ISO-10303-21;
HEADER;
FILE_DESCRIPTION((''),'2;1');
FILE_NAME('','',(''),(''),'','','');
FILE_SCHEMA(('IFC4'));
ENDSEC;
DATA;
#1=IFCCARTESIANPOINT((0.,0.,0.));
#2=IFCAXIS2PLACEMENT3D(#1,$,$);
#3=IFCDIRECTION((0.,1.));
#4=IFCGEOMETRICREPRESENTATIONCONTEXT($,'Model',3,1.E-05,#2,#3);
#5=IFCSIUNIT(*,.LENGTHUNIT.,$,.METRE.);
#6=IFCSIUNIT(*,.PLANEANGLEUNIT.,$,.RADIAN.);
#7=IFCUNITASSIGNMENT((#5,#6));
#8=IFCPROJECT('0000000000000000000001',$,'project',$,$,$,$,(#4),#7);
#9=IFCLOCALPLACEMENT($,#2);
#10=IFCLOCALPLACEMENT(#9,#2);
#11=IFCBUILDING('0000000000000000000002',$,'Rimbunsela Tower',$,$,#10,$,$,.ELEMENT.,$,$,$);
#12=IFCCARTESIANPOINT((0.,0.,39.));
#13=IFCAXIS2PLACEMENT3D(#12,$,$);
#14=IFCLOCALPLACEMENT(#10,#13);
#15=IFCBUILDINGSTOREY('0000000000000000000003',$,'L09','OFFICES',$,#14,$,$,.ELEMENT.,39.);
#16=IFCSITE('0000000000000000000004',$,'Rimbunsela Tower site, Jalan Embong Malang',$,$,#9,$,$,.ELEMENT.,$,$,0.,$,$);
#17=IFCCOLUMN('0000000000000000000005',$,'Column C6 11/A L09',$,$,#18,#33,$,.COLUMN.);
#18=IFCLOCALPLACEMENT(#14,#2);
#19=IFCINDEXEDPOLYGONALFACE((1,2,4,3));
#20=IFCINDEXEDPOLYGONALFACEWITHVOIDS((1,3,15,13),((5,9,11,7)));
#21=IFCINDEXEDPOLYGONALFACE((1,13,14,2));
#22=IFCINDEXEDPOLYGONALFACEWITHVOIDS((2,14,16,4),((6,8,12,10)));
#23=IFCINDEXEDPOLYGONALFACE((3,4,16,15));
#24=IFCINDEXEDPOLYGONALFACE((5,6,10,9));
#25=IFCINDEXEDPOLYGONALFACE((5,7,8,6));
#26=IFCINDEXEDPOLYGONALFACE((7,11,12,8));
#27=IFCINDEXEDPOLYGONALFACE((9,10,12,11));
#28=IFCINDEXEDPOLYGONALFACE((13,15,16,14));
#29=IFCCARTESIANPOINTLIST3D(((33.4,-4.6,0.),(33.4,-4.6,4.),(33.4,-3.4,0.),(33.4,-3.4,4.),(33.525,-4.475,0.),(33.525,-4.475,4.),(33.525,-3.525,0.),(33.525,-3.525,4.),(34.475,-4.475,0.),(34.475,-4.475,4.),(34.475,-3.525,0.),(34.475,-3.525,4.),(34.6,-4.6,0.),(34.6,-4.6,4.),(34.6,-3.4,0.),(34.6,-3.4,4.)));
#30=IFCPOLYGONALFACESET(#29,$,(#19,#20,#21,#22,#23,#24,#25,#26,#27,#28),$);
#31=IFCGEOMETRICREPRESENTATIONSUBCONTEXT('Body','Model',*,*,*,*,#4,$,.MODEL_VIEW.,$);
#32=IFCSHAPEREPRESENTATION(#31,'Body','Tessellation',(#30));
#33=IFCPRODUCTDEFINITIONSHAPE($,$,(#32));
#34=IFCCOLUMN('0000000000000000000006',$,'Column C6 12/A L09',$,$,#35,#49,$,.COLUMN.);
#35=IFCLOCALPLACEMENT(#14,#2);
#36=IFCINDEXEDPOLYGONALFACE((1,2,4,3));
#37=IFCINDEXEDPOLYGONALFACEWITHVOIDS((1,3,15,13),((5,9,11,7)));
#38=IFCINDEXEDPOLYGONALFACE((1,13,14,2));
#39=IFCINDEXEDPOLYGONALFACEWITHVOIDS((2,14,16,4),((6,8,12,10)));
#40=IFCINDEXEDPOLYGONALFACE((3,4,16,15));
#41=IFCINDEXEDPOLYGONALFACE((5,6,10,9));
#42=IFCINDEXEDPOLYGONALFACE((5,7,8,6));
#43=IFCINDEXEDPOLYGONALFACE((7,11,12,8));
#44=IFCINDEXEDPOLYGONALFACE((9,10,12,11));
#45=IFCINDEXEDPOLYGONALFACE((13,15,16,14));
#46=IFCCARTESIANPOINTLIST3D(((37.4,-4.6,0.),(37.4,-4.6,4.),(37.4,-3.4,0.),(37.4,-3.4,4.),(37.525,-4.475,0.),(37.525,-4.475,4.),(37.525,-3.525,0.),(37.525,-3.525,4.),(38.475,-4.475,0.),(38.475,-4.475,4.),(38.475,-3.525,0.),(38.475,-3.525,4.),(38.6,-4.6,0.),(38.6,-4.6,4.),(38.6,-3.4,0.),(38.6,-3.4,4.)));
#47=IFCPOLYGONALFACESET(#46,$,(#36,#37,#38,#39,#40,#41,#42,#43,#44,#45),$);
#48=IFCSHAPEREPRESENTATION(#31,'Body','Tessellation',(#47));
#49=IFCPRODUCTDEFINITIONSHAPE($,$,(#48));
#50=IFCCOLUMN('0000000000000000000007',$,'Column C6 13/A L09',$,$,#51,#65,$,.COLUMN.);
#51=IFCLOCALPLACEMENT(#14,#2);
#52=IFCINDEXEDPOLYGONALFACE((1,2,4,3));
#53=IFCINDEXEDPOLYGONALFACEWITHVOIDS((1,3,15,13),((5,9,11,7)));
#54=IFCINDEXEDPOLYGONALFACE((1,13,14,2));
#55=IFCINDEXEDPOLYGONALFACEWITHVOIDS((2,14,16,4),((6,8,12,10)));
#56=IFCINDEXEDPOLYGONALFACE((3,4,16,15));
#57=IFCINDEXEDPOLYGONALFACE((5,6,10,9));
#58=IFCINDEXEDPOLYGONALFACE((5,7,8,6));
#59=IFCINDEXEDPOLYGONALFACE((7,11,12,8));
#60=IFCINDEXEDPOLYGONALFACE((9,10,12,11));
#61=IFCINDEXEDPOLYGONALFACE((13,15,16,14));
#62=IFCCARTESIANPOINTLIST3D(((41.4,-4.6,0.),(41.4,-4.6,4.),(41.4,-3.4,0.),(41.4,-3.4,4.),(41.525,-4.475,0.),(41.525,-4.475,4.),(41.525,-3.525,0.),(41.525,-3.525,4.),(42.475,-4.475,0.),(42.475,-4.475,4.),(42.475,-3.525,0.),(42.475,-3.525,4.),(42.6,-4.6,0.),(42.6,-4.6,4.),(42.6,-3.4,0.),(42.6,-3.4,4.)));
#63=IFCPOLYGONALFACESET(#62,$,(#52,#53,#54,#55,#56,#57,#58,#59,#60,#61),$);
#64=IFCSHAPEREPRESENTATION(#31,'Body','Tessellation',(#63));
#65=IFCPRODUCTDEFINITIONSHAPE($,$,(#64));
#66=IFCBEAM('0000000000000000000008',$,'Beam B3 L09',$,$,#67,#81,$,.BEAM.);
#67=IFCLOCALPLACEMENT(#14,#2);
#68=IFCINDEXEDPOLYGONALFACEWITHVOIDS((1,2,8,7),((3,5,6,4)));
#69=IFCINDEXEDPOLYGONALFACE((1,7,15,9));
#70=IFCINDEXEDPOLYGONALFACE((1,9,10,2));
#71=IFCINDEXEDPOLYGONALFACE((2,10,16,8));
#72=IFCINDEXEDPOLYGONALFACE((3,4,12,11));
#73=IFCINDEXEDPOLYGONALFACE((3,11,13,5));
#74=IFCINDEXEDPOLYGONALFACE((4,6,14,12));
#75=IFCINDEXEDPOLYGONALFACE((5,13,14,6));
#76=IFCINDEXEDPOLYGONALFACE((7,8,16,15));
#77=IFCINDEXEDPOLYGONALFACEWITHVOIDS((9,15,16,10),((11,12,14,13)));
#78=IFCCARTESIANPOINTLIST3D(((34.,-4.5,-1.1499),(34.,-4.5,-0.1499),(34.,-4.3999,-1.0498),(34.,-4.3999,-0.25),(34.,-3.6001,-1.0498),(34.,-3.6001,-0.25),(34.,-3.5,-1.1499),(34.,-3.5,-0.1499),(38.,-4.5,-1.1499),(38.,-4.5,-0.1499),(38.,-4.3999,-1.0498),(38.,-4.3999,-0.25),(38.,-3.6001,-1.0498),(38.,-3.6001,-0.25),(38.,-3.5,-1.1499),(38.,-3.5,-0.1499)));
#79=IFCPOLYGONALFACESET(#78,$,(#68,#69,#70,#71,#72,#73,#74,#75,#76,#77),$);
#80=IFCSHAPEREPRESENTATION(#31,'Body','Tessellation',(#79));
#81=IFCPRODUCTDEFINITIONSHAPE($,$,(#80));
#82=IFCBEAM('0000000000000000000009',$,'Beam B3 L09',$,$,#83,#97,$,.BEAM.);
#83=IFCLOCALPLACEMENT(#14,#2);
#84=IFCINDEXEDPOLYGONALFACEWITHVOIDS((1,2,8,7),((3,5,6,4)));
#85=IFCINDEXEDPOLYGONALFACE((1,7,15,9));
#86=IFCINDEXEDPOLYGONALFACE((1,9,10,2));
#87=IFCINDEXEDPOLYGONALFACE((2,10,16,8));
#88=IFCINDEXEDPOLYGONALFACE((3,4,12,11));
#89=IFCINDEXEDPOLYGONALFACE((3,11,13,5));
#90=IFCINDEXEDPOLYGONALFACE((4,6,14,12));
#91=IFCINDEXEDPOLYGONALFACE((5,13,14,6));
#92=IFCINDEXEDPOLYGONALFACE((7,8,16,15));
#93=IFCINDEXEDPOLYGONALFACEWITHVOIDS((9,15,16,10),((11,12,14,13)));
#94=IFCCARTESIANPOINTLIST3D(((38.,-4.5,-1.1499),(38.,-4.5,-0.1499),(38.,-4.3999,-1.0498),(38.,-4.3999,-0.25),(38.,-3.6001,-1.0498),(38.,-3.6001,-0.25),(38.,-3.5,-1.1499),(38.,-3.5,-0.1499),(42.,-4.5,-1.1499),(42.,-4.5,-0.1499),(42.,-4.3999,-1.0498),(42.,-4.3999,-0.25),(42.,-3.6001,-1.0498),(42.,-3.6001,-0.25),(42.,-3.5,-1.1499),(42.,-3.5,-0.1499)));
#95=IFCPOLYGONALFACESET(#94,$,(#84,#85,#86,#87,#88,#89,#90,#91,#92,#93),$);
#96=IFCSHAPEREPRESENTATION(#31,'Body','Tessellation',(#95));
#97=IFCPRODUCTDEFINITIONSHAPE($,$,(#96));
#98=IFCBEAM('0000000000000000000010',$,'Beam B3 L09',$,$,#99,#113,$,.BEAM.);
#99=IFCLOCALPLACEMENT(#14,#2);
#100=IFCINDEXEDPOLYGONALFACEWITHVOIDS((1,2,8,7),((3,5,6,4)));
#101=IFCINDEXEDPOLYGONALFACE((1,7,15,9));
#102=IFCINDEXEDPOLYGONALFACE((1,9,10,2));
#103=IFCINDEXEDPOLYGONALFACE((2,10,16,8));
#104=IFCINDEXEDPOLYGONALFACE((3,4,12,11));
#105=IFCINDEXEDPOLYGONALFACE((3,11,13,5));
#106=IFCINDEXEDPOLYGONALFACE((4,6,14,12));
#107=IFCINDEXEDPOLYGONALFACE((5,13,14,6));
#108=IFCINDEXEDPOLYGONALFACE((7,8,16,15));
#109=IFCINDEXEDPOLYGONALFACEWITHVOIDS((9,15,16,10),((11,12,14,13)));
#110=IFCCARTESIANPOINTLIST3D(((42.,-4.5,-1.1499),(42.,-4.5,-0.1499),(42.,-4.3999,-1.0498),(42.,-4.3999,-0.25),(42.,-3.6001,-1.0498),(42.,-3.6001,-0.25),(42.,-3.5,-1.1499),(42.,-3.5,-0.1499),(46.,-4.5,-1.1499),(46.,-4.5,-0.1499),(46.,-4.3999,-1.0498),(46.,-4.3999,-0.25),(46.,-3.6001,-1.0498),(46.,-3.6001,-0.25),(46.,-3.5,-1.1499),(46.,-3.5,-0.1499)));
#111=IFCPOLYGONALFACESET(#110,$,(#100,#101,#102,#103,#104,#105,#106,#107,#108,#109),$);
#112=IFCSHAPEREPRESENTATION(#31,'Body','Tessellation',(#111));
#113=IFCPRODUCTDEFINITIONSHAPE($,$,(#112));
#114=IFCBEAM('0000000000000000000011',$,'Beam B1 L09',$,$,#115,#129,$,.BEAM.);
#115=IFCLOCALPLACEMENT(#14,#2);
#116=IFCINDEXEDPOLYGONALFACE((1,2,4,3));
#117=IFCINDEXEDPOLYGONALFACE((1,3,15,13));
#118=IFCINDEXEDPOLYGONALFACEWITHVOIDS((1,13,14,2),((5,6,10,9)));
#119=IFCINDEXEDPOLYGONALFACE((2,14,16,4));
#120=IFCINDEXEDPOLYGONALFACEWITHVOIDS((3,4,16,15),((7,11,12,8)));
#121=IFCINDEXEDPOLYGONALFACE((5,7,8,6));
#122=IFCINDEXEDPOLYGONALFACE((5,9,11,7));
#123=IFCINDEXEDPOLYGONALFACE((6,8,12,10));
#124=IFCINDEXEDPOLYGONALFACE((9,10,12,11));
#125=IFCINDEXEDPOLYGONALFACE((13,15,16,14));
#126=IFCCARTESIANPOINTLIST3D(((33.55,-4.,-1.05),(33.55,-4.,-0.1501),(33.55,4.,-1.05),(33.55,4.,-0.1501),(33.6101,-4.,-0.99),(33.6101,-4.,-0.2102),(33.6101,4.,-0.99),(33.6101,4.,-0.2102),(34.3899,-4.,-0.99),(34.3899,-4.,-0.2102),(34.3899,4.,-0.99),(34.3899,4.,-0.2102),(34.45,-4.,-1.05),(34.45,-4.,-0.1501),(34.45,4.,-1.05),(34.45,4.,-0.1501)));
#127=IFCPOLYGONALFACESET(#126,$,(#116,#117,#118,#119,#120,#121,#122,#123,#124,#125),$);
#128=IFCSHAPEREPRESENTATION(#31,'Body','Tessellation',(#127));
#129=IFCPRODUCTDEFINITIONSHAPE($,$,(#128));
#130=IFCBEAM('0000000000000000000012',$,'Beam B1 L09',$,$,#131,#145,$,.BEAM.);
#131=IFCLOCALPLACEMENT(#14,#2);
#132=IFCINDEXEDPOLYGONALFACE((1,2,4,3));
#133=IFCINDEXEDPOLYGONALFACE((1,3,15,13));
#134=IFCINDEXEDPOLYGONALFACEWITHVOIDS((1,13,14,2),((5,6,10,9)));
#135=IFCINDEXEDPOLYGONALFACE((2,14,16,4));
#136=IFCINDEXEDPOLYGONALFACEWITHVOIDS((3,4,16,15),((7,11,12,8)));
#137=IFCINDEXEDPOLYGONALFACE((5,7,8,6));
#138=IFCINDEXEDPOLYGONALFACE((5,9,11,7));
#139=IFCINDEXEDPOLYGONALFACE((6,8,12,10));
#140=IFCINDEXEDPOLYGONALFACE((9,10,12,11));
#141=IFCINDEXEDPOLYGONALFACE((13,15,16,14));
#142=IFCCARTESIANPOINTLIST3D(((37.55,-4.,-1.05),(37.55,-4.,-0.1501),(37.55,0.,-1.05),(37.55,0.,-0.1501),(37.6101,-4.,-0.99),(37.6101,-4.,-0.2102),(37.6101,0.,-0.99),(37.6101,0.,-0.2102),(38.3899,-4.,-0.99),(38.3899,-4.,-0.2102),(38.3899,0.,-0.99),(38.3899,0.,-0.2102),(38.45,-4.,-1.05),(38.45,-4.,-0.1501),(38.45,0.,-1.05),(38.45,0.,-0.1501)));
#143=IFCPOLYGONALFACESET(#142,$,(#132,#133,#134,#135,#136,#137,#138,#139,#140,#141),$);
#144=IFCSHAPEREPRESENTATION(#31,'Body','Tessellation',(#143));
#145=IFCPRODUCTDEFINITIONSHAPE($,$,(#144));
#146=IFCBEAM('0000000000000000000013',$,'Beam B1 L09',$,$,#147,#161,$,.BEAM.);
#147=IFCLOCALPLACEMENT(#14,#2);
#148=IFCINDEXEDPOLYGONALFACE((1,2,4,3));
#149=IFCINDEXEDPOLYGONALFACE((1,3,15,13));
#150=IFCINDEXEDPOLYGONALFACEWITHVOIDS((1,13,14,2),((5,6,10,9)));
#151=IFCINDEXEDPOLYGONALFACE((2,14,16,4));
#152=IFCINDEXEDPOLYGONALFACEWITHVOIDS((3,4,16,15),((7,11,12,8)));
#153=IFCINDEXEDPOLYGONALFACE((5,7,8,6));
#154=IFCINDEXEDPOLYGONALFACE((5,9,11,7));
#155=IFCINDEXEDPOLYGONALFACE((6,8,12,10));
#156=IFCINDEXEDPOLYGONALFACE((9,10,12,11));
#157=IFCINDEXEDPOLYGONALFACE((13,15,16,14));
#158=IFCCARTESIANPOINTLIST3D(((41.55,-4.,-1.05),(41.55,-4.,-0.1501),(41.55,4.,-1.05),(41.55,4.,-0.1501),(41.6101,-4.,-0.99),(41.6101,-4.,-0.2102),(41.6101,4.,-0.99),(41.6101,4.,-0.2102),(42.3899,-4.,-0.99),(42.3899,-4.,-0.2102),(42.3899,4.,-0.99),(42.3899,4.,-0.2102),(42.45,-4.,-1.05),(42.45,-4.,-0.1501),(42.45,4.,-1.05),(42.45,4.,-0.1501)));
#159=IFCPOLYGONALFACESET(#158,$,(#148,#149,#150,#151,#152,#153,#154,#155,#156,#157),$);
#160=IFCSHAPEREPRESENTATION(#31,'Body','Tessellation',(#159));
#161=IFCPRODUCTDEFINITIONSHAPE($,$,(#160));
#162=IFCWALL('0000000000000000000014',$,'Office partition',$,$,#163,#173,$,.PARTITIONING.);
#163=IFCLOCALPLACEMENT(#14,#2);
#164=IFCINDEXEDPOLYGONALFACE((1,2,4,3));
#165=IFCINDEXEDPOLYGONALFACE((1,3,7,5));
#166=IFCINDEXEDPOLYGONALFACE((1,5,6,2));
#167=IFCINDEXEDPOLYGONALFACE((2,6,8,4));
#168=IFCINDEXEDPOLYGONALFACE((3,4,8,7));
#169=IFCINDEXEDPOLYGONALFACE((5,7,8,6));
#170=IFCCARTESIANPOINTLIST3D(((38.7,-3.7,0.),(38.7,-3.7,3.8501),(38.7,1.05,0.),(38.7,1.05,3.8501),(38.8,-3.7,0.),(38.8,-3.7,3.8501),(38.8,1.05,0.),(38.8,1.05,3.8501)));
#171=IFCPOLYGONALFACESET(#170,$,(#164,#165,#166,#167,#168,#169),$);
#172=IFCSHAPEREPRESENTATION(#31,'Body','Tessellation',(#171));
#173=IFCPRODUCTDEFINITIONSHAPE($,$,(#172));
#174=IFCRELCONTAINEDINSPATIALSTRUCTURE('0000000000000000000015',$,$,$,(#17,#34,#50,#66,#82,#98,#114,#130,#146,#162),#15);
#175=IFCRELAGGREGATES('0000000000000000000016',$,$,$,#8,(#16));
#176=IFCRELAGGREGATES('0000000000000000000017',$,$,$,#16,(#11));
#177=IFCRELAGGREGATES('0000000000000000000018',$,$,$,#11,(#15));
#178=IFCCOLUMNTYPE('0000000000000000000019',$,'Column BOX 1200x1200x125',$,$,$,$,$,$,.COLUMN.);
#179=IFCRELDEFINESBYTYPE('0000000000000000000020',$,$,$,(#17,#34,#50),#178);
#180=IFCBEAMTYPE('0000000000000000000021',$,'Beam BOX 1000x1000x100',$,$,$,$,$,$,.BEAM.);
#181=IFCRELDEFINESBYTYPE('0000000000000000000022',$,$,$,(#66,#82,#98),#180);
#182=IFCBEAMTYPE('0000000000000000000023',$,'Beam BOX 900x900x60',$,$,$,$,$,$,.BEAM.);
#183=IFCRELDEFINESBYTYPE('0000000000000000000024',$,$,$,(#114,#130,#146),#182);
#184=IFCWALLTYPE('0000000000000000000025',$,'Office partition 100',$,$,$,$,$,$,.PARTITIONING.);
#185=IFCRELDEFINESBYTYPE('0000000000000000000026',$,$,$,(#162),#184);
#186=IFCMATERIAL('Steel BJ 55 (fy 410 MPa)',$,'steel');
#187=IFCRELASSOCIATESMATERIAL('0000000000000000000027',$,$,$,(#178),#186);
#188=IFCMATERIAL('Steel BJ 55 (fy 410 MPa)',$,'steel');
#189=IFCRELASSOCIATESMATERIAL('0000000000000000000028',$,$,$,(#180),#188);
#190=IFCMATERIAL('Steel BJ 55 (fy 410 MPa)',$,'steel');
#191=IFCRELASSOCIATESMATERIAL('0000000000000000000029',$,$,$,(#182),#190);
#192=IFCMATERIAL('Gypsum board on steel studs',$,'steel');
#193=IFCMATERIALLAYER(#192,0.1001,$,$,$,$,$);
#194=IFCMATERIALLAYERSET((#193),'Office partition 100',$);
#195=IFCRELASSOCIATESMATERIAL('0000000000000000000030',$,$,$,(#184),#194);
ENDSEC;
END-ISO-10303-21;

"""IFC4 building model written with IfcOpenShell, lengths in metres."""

from ifc_helpers import new_model, si_unit, direction, frame, frame_2d, origin, origin_2d, place, context, subcontext, project, spatial, rectangle, hollow_rectangle, extrude, material, layer, layer_set, material_profile, profile_set, type_object, element, save


model = new_model("IFC4")

# Units and contexts
model_context = context("Model", 3, precision=1e-05, world=origin(), true_north=direction((0.0, 1.0)))
body_context = subcontext(model_context, "Body", "Model", "MODEL_VIEW")
ifc_project = project(units=[si_unit("LENGTHUNIT", "METRE"), si_unit("PLANEANGLEUNIT", "RADIAN")], contexts=[model_context])

# Site, building, storey
site_placement = place(None, origin())
site = spatial("IfcSite", under=ifc_project, at=site_placement, Name="Rimbunsela Tower site, Jalan Embong Malang", CompositionType="ELEMENT", RefElevation=0.0)
building_placement = place(site_placement, origin())
building = spatial("IfcBuilding", under=site, at=building_placement, Name="Rimbunsela Tower", CompositionType="ELEMENT")
storey_placement = place(building_placement, frame((0.0, 0.0, 39.0)))
storey = spatial("IfcBuildingStorey", under=building, at=storey_placement, Name="L09", Description="OFFICES", CompositionType="ELEMENT", Elevation=39.0)

# Columns
ifc_material_1 = material(Name="Steel BJ 55 (fy 410 MPa)", Category="steel")
ifc_material_profile_1 = material_profile(ifc_material_1, hollow_rectangle(XDim=1.2, YDim=1.2, WallThickness=0.125, at=origin_2d()), Name="BOX 1200x1200x125")
ifc_profile_set_1 = profile_set([ifc_material_profile_1], Name="Steel BJ 55 (fy 410 MPa)")
column_type = type_object("IfcColumnType", Name="Column BOX 1200x1200x125", PredefinedType="COLUMN", material=ifc_profile_set_1)
for number, where, z_axis, x_axis, name in (
    (1, (34.0, -4.0, 0.0), (0.0, 0.0, 1.0), (1.0, 0.0, 0.0), "Column C6 11/A L09"),
    (2, (38.0, -4.0, 0.0), (0.0, 0.0, 1.0), (1.0, 0.0, 0.0), "Column C6 12/A L09"),
    (3, (42.0, -4.0, 0.0), (0.0, 0.0, 1.0), (1.0, 0.0, 0.0), "Column C6 13/A L09"),
):
    element("IfcColumn", number, at=place(storey_placement, frame(where, z_axis=z_axis, x_axis=x_axis)), inside=storey, type_object=column_type, Name=name, PredefinedType="COLUMN", context=body_context, shape_type="SweptSolid", body=[
        extrude(hollow_rectangle(XDim=1.2, YDim=1.2, WallThickness=0.125, at=origin_2d()), origin(), (0.0, 0.0, 1.0), 4.0),
    ])

# Beams
ifc_material_2 = material(Name="Steel BJ 55 (fy 410 MPa)", Category="steel")
ifc_material_profile_2 = material_profile(ifc_material_2, hollow_rectangle(XDim=1.0, YDim=1.0, WallThickness=0.1001, at=origin_2d()), Name="BOX 1000x1000x100")
ifc_profile_set_2 = profile_set([ifc_material_profile_2], Name="Steel BJ 55 (fy 410 MPa)")
beam_type_1 = type_object("IfcBeamType", Name="Beam BOX 1000x1000x100", PredefinedType="BEAM", material=ifc_profile_set_2)
for number, where, z_axis, x_axis, name in (
    (4, (34.0, -4.0, -0.6499), (1.0, 0.0, 0.0), (0.0, 1.0, 0.0), "Beam B3 L09"),
    (5, (38.0, -4.0, -0.6499), (1.0, 0.0, 0.0), (0.0, 1.0, 0.0), "Beam B3 L09"),
    (6, (42.0, -4.0, -0.6499), (1.0, 0.0, 0.0), (0.0, 1.0, 0.0), "Beam B3 L09"),
):
    element("IfcBeam", number, at=place(storey_placement, frame(where, z_axis=z_axis, x_axis=x_axis)), inside=storey, type_object=beam_type_1, Name=name, PredefinedType="BEAM", context=body_context, shape_type="SweptSolid", body=[
        extrude(hollow_rectangle(XDim=1.0, YDim=1.0, WallThickness=0.1001, at=origin_2d()), origin(), (0.0, 0.0, 1.0), 4.0),
    ])
ifc_material_3 = material(Name="Steel BJ 55 (fy 410 MPa)", Category="steel")
ifc_material_profile_3 = material_profile(ifc_material_3, hollow_rectangle(XDim=0.8999, YDim=0.8999, WallThickness=0.0601, at=origin_2d()), Name="BOX 900x900x60")
ifc_profile_set_3 = profile_set([ifc_material_profile_3], Name="Steel BJ 55 (fy 410 MPa)")
beam_type_2 = type_object("IfcBeamType", Name="Beam BOX 900x900x60", PredefinedType="BEAM", material=ifc_profile_set_3)
beam_1_placement = place(storey_placement, frame((34.0, -4.0, -0.6001), z_axis=(0.0, 1.0, 0.0), x_axis=(-1.0, 0.0, 0.0)))
element("IfcBeam", 7, at=beam_1_placement, inside=storey, type_object=beam_type_2, Name="Beam B1 L09", PredefinedType="BEAM", context=body_context, shape_type="SweptSolid", body=[
    extrude(hollow_rectangle(XDim=0.8999, YDim=0.8999, WallThickness=0.0601, at=origin_2d()), origin(), (0.0, 0.0, 1.0), 8.0),
])
beam_2_placement = place(storey_placement, frame((38.0, -4.0, -0.6001), z_axis=(0.0, 1.0, 0.0), x_axis=(-1.0, 0.0, 0.0)))
element("IfcBeam", 8, at=beam_2_placement, inside=storey, type_object=beam_type_2, Name="Beam B1 L09", PredefinedType="BEAM", context=body_context, shape_type="SweptSolid", body=[
    extrude(hollow_rectangle(XDim=0.8999, YDim=0.8999, WallThickness=0.0601, at=origin_2d()), origin(), (0.0, 0.0, 1.0), 4.0),
])
beam_3_placement = place(storey_placement, frame((42.0, -4.0, -0.6001), z_axis=(0.0, 1.0, 0.0), x_axis=(-1.0, 0.0, 0.0)))
element("IfcBeam", 9, at=beam_3_placement, inside=storey, type_object=beam_type_2, Name="Beam B1 L09", PredefinedType="BEAM", context=body_context, shape_type="SweptSolid", body=[
    extrude(hollow_rectangle(XDim=0.8999, YDim=0.8999, WallThickness=0.0601, at=origin_2d()), origin(), (0.0, 0.0, 1.0), 8.0),
])

# Wall
ifc_material_4 = material(Name="Gypsum board on steel studs", Category="steel")
ifc_layer_1 = layer(ifc_material_4, 0.1001)
ifc_layer_set_1 = layer_set([ifc_layer_1], Name="Office partition 100")
wall_type_1 = type_object("IfcWallType", Name="Office partition 100", PredefinedType="PARTITIONING", material=ifc_layer_set_1)
wall_1_placement = place(storey_placement, frame((38.75, -3.7, 0.0), z_axis=(0.0, 0.0, 1.0), x_axis=(0.0, 1.0, 0.0)))
element("IfcWall", 10, at=wall_1_placement, inside=storey, type_object=wall_type_1, Name="Office partition", PredefinedType="PARTITIONING", context=body_context, shape_type="SweptSolid", body=[
    extrude(rectangle(XDim=4.75, YDim=0.1001, at=frame_2d((2.375, 0.0))), origin(), (0.0, 0.0, 1.0), 3.8501),
])

save(model, "model.ifc")
